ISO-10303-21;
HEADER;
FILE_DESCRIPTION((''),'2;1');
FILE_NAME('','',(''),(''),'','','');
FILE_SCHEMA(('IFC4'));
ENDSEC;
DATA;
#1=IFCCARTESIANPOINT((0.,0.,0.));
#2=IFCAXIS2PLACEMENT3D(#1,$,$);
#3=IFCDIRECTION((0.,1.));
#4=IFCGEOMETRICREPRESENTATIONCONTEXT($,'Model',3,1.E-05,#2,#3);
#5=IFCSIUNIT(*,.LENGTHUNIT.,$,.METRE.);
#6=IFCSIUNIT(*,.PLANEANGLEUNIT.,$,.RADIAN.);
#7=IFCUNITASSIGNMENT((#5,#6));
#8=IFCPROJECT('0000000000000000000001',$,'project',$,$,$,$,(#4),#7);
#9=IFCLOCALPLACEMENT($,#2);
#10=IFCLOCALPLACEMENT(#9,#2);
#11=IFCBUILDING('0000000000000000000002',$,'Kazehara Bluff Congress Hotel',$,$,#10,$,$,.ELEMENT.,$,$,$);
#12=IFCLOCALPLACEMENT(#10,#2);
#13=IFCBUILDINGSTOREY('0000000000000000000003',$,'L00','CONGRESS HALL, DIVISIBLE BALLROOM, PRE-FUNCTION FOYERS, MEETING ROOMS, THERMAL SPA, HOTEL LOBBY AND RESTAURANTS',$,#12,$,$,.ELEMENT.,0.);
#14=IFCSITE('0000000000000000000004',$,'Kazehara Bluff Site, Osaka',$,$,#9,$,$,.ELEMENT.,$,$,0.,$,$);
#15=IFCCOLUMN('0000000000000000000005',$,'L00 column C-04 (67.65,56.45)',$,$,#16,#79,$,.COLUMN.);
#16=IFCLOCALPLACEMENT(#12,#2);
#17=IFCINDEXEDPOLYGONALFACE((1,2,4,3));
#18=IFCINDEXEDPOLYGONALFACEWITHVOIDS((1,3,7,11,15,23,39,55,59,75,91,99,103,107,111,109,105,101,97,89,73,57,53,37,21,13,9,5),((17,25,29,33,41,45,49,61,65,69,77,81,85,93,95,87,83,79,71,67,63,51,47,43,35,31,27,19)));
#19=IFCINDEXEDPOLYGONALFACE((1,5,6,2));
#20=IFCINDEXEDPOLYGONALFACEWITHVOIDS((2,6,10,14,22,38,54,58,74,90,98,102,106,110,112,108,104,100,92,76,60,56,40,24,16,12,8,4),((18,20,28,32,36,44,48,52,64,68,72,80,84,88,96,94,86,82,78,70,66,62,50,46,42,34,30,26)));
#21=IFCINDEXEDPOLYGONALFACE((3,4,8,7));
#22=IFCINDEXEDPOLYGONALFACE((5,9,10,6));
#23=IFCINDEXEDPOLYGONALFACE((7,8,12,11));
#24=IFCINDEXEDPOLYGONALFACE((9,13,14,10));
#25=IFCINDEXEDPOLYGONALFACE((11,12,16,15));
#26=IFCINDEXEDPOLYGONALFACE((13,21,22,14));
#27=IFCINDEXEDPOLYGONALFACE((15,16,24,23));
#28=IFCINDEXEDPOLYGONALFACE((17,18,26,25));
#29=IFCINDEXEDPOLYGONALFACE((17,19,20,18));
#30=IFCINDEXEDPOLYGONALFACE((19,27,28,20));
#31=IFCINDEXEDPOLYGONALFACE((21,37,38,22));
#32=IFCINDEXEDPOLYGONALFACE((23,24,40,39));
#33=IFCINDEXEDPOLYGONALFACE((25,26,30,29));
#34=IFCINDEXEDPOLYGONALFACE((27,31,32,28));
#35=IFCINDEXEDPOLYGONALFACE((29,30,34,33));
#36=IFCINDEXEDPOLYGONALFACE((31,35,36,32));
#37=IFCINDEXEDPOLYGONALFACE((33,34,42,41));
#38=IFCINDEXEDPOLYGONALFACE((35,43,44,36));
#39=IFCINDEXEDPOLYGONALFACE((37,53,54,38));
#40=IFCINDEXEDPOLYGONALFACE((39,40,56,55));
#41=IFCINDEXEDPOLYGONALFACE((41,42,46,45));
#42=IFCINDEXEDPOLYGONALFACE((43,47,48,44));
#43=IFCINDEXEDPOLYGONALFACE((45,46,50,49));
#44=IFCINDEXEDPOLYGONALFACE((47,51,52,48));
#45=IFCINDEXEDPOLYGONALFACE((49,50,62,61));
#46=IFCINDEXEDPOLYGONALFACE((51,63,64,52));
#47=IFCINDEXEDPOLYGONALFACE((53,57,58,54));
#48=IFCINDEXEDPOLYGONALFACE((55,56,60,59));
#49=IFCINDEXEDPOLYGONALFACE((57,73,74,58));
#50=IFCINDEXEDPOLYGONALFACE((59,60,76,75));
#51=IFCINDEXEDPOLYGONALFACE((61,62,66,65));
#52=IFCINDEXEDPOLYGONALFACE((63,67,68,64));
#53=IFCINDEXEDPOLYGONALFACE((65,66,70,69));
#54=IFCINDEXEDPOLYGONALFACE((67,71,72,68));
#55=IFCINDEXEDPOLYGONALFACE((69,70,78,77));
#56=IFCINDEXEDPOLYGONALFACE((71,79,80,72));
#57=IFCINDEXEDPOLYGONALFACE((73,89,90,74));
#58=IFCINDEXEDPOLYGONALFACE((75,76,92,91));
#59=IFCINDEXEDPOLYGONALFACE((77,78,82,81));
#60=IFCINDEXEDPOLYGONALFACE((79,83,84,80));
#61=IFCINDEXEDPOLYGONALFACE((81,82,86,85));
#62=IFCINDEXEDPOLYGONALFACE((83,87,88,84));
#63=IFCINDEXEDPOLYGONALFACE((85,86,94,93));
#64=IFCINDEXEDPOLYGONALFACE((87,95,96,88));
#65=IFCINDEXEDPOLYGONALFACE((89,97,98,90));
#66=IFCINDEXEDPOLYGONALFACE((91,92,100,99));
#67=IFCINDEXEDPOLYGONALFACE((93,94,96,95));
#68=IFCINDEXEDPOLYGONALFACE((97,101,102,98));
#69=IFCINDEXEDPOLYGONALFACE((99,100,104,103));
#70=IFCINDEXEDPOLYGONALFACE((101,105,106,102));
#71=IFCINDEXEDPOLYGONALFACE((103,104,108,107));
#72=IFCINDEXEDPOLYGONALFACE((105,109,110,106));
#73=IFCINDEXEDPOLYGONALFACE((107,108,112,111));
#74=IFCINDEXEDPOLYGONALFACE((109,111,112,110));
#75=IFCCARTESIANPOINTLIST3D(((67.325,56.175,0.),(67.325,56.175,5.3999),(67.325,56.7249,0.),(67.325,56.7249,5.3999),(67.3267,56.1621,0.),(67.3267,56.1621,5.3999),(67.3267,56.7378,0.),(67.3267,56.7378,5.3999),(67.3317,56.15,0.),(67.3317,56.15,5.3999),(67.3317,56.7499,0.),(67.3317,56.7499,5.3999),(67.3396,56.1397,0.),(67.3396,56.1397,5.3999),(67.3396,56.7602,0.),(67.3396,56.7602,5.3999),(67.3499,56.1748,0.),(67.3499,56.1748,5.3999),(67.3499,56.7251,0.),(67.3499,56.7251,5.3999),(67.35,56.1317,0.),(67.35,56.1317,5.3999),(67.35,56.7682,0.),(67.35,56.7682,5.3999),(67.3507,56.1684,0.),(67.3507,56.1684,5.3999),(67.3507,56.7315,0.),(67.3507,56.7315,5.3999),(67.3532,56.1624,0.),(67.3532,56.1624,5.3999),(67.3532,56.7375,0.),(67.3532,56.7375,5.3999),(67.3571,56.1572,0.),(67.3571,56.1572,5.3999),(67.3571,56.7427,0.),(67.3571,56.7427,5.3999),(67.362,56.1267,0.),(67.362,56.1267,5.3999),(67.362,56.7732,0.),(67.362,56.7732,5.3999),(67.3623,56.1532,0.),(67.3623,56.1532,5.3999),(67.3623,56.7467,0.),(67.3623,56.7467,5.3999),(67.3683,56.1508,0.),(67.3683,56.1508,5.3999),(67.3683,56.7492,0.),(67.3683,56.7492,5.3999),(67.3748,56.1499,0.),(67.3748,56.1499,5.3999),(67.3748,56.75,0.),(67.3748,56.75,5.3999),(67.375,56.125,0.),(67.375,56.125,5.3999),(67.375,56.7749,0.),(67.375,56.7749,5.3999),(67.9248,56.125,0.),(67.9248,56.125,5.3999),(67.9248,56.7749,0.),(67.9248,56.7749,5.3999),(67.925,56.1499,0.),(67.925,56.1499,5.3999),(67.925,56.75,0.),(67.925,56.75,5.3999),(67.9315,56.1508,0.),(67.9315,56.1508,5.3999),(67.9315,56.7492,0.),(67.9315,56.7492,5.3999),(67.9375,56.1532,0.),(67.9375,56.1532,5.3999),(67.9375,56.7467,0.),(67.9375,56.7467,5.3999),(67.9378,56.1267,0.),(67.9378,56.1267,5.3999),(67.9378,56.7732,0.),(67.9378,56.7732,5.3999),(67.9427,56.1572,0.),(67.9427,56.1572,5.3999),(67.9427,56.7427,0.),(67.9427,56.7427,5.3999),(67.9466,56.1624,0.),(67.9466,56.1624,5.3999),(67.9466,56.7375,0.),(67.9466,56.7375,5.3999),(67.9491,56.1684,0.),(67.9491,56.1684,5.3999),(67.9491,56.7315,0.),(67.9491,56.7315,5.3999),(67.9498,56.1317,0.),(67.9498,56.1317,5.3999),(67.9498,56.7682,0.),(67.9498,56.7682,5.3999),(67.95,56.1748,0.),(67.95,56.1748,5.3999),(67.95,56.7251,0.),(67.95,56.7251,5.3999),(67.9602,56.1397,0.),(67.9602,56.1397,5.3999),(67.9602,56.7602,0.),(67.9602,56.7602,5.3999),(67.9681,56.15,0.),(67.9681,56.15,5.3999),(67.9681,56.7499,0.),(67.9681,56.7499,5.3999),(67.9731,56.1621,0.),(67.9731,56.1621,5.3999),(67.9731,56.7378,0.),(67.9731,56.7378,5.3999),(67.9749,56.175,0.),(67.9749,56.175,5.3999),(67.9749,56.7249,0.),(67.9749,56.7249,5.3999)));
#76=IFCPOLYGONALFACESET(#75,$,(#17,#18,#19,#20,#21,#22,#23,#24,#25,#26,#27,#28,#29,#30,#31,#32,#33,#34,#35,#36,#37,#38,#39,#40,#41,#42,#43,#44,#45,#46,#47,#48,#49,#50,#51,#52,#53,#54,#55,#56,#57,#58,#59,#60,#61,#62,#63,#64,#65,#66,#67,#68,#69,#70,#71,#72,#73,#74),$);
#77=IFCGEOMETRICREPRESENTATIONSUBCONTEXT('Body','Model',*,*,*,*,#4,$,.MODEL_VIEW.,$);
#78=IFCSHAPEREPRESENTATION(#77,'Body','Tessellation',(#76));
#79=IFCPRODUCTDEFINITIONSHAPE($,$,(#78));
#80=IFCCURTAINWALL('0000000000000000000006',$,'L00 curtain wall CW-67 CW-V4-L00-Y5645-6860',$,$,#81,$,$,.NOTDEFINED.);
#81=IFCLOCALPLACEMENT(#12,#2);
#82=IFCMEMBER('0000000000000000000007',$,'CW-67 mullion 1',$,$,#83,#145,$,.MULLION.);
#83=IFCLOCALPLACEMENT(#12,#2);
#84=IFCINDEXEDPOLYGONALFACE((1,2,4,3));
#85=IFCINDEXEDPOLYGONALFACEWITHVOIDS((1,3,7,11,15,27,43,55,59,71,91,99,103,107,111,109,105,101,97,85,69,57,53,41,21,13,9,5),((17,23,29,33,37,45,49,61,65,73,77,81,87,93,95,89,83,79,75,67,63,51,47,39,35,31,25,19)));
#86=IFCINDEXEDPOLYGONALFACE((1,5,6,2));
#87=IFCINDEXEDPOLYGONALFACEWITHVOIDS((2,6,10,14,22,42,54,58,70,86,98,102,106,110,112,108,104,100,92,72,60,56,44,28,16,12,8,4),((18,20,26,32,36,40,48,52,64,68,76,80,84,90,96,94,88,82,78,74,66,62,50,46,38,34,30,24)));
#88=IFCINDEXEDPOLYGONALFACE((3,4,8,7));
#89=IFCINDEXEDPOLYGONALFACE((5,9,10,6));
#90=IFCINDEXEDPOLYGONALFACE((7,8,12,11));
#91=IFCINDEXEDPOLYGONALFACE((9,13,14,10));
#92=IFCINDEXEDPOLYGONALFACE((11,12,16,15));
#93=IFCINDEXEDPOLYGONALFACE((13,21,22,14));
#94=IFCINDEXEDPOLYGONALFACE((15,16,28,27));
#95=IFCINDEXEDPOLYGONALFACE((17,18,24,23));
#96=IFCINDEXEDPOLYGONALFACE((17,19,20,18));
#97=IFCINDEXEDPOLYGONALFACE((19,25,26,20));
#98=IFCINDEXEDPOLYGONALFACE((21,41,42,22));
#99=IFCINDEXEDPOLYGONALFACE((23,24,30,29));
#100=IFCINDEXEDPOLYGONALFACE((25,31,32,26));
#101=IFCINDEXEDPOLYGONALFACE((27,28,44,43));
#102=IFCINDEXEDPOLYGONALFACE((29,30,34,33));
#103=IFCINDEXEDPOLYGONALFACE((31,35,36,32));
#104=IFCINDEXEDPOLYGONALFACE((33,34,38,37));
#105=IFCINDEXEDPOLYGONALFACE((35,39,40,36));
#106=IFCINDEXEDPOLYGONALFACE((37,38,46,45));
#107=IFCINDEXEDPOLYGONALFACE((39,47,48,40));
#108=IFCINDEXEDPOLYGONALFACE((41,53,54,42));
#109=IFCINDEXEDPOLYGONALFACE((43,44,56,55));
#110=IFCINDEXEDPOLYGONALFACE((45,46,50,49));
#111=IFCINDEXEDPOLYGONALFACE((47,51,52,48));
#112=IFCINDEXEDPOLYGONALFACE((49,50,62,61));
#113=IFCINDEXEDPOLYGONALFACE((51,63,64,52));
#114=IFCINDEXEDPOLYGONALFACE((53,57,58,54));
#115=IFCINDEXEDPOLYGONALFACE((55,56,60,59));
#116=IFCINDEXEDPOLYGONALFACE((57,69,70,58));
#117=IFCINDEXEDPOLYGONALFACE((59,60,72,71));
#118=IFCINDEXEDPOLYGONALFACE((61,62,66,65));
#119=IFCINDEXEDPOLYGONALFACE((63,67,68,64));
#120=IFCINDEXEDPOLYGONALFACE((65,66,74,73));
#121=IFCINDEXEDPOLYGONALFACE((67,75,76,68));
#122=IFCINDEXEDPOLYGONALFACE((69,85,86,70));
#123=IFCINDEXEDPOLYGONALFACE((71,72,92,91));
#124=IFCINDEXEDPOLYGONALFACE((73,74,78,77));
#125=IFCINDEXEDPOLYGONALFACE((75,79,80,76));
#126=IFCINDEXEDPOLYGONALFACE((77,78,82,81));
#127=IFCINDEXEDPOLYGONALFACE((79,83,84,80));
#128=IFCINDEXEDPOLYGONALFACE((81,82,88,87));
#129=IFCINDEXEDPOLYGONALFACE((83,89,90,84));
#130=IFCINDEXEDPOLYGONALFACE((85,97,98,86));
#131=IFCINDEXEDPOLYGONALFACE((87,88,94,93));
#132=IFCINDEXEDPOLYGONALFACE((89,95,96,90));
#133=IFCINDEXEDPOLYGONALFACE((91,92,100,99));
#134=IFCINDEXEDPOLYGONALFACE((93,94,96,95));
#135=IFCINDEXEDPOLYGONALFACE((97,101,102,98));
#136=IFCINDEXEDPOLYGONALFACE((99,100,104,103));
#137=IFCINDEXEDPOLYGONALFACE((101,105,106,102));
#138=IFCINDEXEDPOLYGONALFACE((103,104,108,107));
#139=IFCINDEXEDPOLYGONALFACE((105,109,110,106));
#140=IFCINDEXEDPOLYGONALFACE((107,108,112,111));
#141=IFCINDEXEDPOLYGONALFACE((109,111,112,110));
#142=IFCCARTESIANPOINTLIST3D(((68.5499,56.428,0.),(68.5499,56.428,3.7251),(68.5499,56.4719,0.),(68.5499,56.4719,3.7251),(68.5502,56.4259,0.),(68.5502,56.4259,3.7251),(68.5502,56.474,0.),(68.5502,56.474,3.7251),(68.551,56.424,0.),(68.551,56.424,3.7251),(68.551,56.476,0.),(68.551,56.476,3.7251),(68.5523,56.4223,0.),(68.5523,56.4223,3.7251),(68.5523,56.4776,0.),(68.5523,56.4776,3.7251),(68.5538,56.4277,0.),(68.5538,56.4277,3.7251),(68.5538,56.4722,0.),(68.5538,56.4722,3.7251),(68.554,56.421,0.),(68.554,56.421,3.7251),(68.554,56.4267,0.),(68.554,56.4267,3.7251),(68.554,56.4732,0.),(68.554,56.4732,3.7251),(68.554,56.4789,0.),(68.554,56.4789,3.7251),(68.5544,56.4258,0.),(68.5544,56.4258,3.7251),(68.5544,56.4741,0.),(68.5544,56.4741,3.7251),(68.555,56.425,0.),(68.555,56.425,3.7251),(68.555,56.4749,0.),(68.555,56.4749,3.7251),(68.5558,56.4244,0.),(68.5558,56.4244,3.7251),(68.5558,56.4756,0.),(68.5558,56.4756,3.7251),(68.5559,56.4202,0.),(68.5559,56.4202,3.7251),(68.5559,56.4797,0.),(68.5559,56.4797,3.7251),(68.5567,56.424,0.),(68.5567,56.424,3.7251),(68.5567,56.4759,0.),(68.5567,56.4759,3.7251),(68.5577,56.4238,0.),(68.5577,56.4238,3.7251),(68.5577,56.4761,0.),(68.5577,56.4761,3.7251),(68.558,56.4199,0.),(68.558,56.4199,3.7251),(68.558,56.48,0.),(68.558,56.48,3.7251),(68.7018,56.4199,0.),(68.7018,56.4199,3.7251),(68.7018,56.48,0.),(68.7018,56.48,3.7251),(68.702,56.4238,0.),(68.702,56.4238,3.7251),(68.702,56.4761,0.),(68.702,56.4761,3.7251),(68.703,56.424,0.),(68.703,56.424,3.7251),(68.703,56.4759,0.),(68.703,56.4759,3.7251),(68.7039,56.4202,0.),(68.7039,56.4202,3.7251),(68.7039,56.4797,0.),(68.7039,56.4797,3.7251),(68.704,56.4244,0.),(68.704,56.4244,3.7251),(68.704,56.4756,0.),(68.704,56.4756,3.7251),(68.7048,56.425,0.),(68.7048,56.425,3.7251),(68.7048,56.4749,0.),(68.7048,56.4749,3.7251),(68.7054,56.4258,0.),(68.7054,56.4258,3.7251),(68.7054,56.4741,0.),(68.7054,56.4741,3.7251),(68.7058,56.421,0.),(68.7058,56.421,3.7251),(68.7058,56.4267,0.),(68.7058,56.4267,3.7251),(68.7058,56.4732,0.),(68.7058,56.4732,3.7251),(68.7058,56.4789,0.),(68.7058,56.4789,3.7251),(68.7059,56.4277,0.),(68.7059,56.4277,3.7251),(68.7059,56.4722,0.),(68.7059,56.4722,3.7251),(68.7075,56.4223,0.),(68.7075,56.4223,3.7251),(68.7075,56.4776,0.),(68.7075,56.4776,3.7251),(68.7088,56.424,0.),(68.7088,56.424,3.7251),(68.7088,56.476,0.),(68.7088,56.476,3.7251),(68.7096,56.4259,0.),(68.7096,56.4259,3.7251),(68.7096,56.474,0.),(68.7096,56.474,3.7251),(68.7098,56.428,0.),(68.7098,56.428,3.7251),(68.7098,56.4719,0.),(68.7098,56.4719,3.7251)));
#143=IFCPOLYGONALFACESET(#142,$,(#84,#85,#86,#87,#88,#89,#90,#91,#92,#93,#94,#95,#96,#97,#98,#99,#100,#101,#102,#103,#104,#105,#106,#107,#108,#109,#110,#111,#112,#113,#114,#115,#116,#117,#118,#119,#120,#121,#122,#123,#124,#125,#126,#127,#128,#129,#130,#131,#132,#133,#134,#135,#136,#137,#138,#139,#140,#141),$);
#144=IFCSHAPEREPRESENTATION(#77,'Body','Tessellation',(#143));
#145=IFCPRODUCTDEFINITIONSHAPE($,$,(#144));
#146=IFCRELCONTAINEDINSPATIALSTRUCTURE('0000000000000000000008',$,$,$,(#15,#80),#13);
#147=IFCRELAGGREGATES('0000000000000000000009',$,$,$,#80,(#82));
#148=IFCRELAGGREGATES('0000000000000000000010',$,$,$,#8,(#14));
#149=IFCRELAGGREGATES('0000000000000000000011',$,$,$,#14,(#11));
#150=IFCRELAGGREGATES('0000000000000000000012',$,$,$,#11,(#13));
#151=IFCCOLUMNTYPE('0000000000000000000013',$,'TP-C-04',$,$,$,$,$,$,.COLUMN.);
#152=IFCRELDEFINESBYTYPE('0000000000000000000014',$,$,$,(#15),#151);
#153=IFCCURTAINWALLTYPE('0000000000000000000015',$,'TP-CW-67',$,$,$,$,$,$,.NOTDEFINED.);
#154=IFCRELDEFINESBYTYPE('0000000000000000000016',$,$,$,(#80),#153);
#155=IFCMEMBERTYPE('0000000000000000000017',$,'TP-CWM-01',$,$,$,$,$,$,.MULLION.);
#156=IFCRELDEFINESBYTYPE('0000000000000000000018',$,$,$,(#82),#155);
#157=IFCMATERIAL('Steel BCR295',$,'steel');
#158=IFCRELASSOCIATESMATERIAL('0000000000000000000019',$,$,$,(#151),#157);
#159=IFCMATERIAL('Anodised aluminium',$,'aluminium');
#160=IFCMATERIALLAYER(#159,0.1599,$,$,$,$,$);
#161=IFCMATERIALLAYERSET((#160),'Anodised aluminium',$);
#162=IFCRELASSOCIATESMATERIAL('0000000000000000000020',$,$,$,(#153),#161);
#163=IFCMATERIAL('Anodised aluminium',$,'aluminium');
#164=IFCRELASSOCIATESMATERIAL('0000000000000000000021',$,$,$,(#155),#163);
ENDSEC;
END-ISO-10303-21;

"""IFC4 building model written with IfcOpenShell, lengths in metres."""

from ifc_helpers import new_model, si_unit, direction, frame, origin, origin_2d, place, context, subcontext, project, spatial, hollow_rectangle, extrude, material, layer, layer_set, material_profile, profile_set, type_object, element, aggregate, save


model = new_model("IFC4")

# Units and contexts
model_context = context("Model", 3, precision=1e-05, world=origin(), true_north=direction((0.0, 1.0)))
body_context = subcontext(model_context, "Body", "Model", "MODEL_VIEW")
ifc_project = project(units=[si_unit("LENGTHUNIT", "METRE"), si_unit("PLANEANGLEUNIT", "RADIAN")], contexts=[model_context])

# Site, building, storey
site_placement = place(None, origin())
site = spatial("IfcSite", under=ifc_project, at=site_placement, Name="Kazehara Bluff Site, Osaka", CompositionType="ELEMENT", RefElevation=0.0)
building_placement = place(site_placement, origin())
building = spatial("IfcBuilding", under=site, at=building_placement, Name="Kazehara Bluff Congress Hotel", CompositionType="ELEMENT")
storey_placement = place(building_placement, origin())
storey = spatial("IfcBuildingStorey", under=building, at=storey_placement, Name="L00", Description="CONGRESS HALL, DIVISIBLE BALLROOM, PRE-FUNCTION FOYERS, MEETING ROOMS, THERMAL SPA, HOTEL LOBBY AND RESTAURANTS", CompositionType="ELEMENT", Elevation=0.0)

# Column
ifc_material_1 = material(Name="Steel BCR295", Category="steel")
ifc_material_profile_1 = material_profile(ifc_material_1, hollow_rectangle(XDim=0.6499, YDim=0.6499, WallThickness=0.0249, InnerFilletRadius=0.0249, OuterFilletRadius=0.05, at=origin_2d()))
ifc_profile_set_1 = profile_set([ifc_material_profile_1], Name="Steel BCR295")
column_type = type_object("IfcColumnType", Name="TP-C-04", PredefinedType="COLUMN", material=ifc_profile_set_1)
column_placement = place(storey_placement, frame((67.6499, 56.45, 0.0), z_axis=(0.0, 0.0, 1.0), x_axis=(1.0, 0.0, 0.0)))
element("IfcColumn", 1, at=column_placement, inside=storey, type_object=column_type, Name="L00 column C-04 (67.65,56.45)", PredefinedType="COLUMN", context=body_context, shape_type="SweptSolid", body=[
    extrude(hollow_rectangle(XDim=0.6499, YDim=0.6499, WallThickness=0.0249, InnerFilletRadius=0.0249, OuterFilletRadius=0.05, at=origin_2d()), origin(), (0.0, 0.0, 1.0), 5.3999),
])

# Curtain wall, member
ifc_material_2 = material(Name="Anodised aluminium", Category="aluminium")
ifc_layer_1 = layer(ifc_material_2, 0.1599)
ifc_layer_set_1 = layer_set([ifc_layer_1], Name="Anodised aluminium")
curtain_wall_type_1 = type_object("IfcCurtainWallType", Name="TP-CW-67", PredefinedType="NOTDEFINED", material=ifc_layer_set_1)
curtain_wall_1_placement = place(storey_placement, origin())
curtain_wall_1 = element("IfcCurtainWall", 2, at=curtain_wall_1_placement, inside=storey, type_object=curtain_wall_type_1, Name="L00 curtain wall CW-67 CW-V4-L00-Y5645-6860", PredefinedType="NOTDEFINED")
ifc_material_3 = material(Name="Anodised aluminium", Category="aluminium")
ifc_material_profile_2 = material_profile(ifc_material_3, hollow_rectangle(XDim=0.0601, YDim=0.1599, WallThickness=0.0039, InnerFilletRadius=0.0039, OuterFilletRadius=0.0081, at=origin_2d()))
ifc_profile_set_2 = profile_set([ifc_material_profile_2], Name="Anodised aluminium")
member_type_1 = type_object("IfcMemberType", Name="TP-CWM-01", PredefinedType="MULLION", material=ifc_profile_set_2)
member_1_placement = place(storey_placement, frame((68.6299, 56.45, 0.0), z_axis=(0.0, 0.0, 1.0), x_axis=(0.0, 1.0, 0.0)))
member_1 = element("IfcMember", 3, at=member_1_placement, type_object=member_type_1, Name="CW-67 mullion 1", PredefinedType="MULLION", context=body_context, shape_type="SweptSolid", body=[
    extrude(hollow_rectangle(XDim=0.0601, YDim=0.1599, WallThickness=0.0039, InnerFilletRadius=0.0039, OuterFilletRadius=0.0081, at=origin_2d()), origin(), (0.0, 0.0, 1.0), 3.7251),
])

aggregate(curtain_wall_1, [member_1])

save(model, "model.ifc")
